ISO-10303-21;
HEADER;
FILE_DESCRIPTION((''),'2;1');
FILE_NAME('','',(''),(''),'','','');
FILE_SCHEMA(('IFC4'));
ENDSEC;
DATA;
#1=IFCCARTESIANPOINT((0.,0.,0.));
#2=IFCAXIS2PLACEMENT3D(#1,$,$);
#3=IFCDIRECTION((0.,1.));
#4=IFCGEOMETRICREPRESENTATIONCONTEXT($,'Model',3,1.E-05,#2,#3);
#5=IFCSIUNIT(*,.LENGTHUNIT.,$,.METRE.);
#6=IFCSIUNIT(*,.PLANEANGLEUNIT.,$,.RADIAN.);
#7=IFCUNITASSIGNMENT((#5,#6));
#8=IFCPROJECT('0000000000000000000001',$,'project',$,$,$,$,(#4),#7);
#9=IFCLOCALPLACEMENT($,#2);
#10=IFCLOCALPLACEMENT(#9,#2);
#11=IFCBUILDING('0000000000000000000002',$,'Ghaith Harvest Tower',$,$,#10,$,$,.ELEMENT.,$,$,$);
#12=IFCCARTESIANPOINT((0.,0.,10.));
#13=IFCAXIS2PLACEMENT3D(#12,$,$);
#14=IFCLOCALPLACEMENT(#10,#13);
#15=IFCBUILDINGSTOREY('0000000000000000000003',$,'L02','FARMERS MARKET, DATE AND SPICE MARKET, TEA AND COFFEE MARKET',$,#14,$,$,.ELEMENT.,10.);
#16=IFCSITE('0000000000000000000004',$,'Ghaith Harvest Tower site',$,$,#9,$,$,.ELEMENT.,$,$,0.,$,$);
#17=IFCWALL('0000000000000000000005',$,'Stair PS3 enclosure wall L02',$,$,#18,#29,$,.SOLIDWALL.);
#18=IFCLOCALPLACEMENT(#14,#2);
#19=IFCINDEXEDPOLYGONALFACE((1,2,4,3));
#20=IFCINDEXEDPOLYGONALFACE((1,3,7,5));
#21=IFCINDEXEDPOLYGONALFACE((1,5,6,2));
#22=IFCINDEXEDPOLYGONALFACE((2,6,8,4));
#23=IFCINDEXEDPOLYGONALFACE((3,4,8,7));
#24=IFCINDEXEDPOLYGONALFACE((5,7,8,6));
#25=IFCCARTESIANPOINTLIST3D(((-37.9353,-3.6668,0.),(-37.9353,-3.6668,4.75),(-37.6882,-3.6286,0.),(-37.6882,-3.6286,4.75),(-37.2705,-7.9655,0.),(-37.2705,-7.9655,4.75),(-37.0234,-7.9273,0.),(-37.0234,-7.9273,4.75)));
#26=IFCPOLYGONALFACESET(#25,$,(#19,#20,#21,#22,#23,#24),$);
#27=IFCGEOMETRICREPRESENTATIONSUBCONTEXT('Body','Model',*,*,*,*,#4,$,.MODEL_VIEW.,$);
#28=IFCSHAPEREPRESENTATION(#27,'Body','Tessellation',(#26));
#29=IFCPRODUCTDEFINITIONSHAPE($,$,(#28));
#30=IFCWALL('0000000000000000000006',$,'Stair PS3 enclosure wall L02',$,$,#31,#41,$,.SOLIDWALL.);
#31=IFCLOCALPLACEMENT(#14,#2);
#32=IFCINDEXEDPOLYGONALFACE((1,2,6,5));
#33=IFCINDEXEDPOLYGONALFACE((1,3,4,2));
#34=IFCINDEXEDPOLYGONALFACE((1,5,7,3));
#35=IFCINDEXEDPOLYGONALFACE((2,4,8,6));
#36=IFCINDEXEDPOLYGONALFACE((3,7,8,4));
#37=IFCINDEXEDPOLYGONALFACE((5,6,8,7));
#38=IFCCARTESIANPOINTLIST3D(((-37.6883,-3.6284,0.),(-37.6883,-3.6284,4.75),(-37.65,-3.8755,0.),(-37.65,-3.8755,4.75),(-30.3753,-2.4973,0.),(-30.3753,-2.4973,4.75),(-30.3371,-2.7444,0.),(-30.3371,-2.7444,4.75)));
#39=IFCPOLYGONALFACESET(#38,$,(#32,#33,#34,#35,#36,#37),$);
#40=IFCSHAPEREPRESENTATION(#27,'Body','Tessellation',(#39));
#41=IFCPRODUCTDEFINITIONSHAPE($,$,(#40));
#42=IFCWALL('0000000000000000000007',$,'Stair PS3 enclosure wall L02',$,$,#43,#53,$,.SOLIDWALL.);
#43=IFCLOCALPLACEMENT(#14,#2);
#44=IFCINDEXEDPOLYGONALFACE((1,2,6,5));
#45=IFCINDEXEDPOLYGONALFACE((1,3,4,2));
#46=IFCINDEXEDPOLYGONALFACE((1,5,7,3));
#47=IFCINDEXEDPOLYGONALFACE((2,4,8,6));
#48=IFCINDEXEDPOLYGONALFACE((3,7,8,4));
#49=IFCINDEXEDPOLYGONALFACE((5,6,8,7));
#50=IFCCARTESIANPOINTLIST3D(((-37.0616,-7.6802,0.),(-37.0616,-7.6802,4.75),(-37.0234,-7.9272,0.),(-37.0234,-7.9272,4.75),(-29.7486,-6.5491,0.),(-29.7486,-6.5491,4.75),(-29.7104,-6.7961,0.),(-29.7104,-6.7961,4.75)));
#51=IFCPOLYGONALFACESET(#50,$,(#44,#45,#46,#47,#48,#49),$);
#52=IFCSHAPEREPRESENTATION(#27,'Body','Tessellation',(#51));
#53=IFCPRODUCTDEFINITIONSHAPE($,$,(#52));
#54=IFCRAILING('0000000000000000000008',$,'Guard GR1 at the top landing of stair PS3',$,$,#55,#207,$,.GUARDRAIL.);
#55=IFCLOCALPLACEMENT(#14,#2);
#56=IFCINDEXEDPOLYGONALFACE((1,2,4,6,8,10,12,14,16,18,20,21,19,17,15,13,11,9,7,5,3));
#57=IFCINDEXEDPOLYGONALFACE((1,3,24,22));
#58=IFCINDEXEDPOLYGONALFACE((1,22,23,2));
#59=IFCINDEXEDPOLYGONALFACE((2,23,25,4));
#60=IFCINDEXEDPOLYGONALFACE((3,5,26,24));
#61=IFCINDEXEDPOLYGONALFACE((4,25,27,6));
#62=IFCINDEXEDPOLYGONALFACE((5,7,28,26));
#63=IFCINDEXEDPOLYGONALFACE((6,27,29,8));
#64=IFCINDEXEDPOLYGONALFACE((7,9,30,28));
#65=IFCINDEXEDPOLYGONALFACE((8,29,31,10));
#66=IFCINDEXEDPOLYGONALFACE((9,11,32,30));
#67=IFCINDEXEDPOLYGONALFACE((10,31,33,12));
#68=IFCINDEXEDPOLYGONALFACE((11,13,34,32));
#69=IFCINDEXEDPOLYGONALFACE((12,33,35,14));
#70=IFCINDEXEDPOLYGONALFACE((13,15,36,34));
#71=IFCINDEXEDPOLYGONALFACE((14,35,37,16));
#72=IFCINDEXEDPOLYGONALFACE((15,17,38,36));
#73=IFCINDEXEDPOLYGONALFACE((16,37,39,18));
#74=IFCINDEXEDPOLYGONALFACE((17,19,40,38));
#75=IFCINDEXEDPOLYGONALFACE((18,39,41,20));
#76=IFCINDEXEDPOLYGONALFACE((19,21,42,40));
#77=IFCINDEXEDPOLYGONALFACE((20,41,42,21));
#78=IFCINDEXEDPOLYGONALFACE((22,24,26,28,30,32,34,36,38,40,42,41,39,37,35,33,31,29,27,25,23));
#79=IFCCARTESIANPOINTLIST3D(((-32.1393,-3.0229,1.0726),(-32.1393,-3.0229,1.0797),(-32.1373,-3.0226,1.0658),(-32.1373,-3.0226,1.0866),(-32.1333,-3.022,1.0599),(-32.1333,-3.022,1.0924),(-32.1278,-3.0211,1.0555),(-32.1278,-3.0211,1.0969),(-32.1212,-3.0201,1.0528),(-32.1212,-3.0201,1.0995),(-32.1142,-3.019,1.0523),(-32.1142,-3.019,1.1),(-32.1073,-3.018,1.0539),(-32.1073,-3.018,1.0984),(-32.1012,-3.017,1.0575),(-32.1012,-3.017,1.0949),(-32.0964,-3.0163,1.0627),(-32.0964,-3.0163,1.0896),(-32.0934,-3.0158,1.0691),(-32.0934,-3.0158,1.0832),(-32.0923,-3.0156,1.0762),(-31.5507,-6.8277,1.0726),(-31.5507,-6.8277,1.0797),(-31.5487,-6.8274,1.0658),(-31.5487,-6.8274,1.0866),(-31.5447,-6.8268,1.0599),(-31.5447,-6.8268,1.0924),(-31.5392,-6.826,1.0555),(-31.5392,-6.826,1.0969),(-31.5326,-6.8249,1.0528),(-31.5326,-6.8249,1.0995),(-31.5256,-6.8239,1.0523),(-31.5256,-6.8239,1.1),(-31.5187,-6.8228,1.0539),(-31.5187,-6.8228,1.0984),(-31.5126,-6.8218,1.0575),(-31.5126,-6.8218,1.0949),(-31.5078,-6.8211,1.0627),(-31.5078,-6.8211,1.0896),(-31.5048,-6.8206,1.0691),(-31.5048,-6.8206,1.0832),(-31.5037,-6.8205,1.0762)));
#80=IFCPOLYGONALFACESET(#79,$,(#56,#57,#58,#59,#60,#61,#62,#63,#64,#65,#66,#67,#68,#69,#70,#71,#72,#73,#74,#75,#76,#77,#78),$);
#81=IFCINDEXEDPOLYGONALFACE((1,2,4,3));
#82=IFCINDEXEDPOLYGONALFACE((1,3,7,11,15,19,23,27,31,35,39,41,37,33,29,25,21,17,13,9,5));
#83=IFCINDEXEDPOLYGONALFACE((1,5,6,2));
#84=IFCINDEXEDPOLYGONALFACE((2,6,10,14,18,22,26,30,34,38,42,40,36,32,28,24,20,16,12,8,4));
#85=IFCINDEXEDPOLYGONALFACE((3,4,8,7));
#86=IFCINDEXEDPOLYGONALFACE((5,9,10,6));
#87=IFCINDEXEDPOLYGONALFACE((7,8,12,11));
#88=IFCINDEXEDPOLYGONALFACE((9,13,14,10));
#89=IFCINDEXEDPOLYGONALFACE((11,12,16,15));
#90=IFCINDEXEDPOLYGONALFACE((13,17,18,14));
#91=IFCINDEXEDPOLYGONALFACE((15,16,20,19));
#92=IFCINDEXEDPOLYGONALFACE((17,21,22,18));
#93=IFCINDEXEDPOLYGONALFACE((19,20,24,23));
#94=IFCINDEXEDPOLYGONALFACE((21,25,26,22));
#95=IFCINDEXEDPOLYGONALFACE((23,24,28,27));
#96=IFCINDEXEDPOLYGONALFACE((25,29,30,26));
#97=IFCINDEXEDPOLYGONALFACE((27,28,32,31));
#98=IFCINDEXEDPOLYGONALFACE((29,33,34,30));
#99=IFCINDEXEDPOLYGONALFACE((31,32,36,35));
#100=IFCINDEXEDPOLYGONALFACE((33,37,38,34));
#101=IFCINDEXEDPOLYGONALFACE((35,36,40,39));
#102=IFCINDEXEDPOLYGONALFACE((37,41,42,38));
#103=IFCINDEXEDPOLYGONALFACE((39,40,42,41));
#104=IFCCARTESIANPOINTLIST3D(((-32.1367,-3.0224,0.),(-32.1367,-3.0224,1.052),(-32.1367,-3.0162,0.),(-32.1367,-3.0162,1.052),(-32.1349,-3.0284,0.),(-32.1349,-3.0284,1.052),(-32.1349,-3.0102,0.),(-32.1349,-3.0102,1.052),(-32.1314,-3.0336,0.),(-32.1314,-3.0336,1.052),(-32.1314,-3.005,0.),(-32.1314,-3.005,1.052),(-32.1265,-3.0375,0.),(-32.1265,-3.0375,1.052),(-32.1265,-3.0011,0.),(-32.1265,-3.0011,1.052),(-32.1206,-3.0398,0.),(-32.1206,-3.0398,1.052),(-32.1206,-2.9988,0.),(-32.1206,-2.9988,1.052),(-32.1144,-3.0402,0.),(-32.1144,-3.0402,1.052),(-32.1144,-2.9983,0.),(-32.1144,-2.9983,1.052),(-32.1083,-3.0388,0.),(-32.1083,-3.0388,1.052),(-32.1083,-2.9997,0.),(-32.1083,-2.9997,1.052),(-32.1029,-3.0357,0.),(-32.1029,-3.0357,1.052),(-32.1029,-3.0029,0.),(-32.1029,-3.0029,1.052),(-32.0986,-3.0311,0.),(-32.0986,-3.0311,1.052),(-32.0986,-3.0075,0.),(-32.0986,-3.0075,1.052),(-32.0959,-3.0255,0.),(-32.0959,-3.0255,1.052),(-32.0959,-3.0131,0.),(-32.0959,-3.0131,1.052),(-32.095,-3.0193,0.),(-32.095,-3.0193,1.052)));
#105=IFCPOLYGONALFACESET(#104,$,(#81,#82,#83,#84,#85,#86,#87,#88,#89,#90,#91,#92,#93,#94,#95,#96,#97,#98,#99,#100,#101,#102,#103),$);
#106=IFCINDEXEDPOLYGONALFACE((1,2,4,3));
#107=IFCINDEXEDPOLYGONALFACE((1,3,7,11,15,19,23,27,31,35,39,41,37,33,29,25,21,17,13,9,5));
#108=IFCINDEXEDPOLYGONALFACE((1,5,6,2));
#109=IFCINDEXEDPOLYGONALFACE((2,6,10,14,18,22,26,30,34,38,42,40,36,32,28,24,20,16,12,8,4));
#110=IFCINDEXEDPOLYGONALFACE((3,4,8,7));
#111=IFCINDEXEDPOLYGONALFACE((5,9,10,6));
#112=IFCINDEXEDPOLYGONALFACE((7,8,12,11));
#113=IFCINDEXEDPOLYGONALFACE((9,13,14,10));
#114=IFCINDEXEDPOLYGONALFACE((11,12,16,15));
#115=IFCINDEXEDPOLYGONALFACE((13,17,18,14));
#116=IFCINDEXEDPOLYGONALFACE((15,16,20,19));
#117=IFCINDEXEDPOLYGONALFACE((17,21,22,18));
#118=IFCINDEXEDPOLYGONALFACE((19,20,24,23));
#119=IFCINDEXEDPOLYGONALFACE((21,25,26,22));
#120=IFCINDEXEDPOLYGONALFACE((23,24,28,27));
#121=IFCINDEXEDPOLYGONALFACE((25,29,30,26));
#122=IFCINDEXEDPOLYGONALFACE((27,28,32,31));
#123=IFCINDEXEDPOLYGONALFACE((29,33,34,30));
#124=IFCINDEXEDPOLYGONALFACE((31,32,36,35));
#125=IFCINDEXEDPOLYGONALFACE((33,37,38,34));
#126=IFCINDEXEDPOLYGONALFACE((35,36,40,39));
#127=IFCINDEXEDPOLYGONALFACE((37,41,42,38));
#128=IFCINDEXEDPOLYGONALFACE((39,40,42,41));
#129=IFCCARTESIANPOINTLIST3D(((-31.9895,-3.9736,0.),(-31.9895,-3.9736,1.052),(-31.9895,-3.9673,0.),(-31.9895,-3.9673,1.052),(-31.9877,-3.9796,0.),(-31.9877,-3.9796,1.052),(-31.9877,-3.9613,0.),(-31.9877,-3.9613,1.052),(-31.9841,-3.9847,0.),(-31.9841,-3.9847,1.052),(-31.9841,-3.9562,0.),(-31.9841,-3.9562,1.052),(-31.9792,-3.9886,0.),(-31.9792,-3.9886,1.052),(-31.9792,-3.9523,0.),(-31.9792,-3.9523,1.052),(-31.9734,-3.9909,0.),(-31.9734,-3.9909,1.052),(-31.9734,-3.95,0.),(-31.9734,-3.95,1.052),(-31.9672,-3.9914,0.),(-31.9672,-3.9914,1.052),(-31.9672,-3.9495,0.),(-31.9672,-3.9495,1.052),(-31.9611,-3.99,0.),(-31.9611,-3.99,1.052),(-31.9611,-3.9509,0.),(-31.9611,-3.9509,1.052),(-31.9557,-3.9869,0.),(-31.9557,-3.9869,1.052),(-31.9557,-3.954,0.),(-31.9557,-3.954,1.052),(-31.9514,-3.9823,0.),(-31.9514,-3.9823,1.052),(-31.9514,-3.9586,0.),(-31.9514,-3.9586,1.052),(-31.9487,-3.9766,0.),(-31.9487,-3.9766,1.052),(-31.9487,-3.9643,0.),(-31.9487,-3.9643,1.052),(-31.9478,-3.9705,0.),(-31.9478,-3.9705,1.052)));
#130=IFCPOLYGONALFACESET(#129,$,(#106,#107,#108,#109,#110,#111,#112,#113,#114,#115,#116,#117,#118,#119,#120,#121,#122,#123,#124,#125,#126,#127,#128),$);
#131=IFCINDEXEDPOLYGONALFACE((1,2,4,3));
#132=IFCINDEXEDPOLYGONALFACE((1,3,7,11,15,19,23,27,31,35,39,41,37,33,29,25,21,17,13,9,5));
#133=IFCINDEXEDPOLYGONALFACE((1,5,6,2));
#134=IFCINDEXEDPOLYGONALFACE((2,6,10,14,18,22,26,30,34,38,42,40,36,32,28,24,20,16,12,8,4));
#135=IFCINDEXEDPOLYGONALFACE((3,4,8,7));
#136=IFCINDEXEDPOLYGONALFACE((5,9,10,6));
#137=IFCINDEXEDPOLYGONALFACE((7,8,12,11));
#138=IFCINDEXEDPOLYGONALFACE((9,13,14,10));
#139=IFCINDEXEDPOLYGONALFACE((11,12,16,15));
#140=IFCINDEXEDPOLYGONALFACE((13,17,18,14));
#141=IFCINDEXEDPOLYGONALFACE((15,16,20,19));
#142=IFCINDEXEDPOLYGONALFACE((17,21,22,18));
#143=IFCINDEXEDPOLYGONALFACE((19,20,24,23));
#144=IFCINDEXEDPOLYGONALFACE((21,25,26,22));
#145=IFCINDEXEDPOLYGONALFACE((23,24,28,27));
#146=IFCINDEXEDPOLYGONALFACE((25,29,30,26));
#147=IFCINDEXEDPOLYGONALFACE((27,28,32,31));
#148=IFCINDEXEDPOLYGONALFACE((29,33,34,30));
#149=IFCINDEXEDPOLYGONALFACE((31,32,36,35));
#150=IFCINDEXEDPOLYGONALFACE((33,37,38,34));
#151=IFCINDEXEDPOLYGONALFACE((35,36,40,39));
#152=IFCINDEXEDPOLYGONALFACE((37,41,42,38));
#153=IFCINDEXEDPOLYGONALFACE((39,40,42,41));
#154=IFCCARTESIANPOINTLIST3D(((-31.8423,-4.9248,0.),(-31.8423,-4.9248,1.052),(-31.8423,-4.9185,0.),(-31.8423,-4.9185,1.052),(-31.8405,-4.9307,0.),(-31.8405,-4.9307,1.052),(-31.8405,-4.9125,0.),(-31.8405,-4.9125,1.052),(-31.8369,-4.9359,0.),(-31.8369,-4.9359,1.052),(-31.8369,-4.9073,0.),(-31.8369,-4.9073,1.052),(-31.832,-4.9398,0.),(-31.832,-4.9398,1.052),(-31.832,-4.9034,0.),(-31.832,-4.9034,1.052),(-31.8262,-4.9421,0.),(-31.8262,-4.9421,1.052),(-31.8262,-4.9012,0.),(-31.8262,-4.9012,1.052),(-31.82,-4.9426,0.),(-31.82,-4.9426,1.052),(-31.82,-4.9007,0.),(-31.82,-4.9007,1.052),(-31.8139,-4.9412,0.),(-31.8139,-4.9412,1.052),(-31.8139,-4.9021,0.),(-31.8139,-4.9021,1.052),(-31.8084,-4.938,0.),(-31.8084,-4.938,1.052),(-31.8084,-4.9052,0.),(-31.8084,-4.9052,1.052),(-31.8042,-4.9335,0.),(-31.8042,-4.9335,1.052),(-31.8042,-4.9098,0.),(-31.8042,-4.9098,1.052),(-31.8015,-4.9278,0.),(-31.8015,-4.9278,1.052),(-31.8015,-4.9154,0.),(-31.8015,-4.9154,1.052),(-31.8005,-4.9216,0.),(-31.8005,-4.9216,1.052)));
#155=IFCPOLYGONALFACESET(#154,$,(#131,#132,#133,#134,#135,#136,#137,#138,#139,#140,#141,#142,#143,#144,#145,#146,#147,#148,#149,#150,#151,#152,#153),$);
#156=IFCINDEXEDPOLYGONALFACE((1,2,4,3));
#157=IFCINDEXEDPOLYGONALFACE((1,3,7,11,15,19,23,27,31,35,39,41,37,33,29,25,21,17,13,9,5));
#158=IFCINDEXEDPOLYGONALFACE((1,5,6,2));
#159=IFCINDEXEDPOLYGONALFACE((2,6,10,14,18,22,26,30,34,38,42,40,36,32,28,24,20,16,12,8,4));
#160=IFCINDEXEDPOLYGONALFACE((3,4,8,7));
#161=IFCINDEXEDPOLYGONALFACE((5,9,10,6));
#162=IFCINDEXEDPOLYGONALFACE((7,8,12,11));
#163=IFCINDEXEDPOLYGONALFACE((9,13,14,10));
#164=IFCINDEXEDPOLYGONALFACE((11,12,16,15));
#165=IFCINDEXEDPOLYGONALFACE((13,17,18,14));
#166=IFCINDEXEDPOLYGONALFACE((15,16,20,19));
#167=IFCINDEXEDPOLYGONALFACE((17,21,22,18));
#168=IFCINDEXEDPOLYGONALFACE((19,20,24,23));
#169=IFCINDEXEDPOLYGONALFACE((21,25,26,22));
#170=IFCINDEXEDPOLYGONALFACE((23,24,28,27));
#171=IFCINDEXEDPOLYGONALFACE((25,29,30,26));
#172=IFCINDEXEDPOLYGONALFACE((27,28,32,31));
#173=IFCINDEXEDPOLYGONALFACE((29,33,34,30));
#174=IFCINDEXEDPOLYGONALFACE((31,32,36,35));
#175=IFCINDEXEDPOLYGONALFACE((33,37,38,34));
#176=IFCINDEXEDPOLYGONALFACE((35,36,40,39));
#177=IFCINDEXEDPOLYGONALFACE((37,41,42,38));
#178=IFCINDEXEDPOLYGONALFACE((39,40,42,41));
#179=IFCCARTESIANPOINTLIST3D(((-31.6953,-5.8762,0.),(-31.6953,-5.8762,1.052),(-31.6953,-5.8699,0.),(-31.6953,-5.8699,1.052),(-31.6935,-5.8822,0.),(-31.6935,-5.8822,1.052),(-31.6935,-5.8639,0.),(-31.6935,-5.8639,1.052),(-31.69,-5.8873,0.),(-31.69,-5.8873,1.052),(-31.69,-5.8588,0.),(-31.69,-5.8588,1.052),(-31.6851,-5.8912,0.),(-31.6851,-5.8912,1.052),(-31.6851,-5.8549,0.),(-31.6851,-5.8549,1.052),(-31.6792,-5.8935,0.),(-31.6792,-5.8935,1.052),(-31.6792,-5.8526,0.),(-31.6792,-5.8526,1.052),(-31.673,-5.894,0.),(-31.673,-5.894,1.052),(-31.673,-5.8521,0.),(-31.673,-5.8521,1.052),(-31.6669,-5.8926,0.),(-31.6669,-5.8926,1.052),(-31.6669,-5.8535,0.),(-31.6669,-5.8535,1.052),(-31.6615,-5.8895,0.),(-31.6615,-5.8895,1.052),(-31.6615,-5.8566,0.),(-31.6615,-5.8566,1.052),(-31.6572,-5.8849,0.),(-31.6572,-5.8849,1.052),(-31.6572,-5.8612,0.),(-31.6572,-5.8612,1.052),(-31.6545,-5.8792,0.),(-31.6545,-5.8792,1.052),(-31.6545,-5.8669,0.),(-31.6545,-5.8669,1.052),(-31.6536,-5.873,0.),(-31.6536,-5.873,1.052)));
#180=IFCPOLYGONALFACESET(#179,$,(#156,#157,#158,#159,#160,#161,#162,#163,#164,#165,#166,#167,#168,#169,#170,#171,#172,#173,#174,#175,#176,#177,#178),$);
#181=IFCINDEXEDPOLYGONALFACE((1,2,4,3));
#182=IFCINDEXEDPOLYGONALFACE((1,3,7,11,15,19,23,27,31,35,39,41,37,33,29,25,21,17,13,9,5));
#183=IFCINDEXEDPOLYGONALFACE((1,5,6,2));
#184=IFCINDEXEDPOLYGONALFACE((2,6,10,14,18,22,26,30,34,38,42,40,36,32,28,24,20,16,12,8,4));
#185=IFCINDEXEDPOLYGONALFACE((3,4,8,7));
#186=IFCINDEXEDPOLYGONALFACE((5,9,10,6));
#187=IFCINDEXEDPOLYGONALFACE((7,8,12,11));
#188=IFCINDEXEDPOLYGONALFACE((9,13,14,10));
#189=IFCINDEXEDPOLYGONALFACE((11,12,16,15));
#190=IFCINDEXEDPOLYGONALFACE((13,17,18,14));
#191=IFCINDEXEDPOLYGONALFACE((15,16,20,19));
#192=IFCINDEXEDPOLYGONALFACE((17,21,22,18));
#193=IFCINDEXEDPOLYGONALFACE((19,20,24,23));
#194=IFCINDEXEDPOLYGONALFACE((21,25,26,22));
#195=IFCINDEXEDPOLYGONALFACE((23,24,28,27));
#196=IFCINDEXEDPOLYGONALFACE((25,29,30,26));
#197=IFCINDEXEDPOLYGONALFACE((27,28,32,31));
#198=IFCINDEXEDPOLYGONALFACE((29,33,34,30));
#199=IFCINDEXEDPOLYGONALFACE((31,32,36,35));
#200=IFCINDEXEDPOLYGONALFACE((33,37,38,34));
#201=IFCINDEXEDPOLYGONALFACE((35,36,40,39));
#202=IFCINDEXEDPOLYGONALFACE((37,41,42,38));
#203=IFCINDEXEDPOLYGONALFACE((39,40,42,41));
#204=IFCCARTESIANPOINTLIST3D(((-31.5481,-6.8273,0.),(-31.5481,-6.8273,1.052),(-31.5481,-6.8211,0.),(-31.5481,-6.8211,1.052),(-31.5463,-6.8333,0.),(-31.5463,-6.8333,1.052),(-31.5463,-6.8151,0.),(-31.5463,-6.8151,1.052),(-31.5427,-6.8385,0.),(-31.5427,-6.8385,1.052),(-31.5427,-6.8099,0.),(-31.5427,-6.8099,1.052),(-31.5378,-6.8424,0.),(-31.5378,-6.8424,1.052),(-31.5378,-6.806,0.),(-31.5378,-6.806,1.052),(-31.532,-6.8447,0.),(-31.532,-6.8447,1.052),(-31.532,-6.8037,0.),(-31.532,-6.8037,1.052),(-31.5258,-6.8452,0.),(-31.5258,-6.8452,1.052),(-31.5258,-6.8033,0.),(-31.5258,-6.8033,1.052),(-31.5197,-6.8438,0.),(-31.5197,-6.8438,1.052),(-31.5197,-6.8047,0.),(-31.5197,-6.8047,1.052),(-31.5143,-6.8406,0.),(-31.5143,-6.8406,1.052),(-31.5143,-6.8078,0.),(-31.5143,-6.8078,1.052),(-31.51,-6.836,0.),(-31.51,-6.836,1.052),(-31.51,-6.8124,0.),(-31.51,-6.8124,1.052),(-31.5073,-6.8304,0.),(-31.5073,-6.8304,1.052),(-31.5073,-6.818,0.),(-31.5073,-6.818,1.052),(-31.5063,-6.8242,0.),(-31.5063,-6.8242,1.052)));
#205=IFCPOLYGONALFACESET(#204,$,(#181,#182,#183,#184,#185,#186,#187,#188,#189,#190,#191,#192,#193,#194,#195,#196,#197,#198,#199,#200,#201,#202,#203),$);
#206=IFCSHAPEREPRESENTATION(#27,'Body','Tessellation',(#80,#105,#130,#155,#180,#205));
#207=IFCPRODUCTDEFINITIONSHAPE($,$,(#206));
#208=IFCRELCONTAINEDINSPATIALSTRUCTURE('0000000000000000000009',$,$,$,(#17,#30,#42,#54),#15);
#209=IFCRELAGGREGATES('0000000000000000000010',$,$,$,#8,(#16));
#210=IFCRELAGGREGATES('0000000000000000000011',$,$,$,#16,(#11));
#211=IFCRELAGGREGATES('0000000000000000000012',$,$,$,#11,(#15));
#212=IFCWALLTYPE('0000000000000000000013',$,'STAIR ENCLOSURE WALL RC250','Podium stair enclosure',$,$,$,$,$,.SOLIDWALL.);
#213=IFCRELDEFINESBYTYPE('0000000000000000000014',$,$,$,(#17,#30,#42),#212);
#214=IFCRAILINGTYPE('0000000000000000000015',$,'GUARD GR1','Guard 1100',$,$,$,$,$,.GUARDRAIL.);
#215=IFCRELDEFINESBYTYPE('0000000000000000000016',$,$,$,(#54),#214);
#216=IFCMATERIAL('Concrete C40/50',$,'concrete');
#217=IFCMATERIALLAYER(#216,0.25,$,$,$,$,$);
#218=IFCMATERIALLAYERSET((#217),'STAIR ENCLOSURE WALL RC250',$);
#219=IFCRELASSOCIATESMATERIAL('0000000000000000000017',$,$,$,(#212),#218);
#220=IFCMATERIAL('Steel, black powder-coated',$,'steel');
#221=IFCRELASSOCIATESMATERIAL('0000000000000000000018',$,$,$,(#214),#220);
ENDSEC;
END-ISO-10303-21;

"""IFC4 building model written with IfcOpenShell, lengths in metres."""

from ifc_helpers import new_model, si_unit, direction, frame, frame_2d, origin, origin_2d, place, context, subcontext, project, spatial, rectangle, circle, extrude, material, layer, layer_set, type_object, element, save


model = new_model("IFC4")

# Units and contexts
model_context = context("Model", 3, precision=1e-05, world=origin(), true_north=direction((0.0, 1.0)))
body_context = subcontext(model_context, "Body", "Model", "MODEL_VIEW")
ifc_project = project(units=[si_unit("LENGTHUNIT", "METRE"), si_unit("PLANEANGLEUNIT", "RADIAN")], contexts=[model_context])

# Site, building, storey
site_placement = place(None, origin())
site = spatial("IfcSite", under=ifc_project, at=site_placement, Name="Ghaith Harvest Tower site", CompositionType="ELEMENT", RefElevation=0.0)
building_placement = place(site_placement, origin())
building = spatial("IfcBuilding", under=site, at=building_placement, Name="Ghaith Harvest Tower", CompositionType="ELEMENT")
storey_placement = place(building_placement, frame((0.0, 0.0, 10.0)))
storey = spatial("IfcBuildingStorey", under=building, at=storey_placement, Name="L02", Description="FARMERS MARKET, DATE AND SPICE MARKET, TEA AND COFFEE MARKET", CompositionType="ELEMENT", Elevation=10.0)

# Shared definitions
ifc_material_1 = material(Name="Concrete C40/50", Category="concrete")
ifc_layer_1 = layer(ifc_material_1, 0.25)
ifc_layer_set_1 = layer_set([ifc_layer_1], Name="STAIR ENCLOSURE WALL RC250")
wall_type = type_object("IfcWallType", Name="STAIR ENCLOSURE WALL RC250", Description="Podium stair enclosure", PredefinedType="SOLIDWALL", material=ifc_layer_set_1)

# Walls
wall_1_placement = place(storey_placement, frame((-37.147, -7.9463, 0.0), z_axis=(0.0, 0.0, 1.0), x_axis=(-0.152829, 0.988253, 0.0)))
element("IfcWall", 1, at=wall_1_placement, inside=storey, type_object=wall_type, Name="Stair PS3 enclosure wall L02", PredefinedType="SOLIDWALL", context=body_context, shape_type="SweptSolid", body=[
    extrude(rectangle(XDim=4.3499, YDim=0.25, at=frame_2d((2.1748, 0.0))), origin(), (0.0, 0.0, 1.0), 4.75),
])
for number, where, z_axis, x_axis, name in (
    (2, (-30.3562, -2.6208, 0.0), (0.0, 0.0, 1.0), (-0.988249, -0.152853, 0.0), "Stair PS3 enclosure wall L02"),
    (3, (-37.0425, -7.8037, 0.0), (0.0, 0.0, 1.0), (0.988249, 0.152853, 0.0), "Stair PS3 enclosure wall L02"),
):
    element("IfcWall", number, at=place(storey_placement, frame(where, z_axis=z_axis, x_axis=x_axis)), inside=storey, type_object=wall_type, Name=name, PredefinedType="SOLIDWALL", context=body_context, shape_type="SweptSolid", body=[
        extrude(rectangle(XDim=7.3999, YDim=0.25, at=frame_2d((3.7, 0.0))), origin(), (0.0, 0.0, 1.0), 4.75),
    ])

# Railing
ifc_material_2 = material(Name="Steel, black powder-coated", Category="steel")
railing_type = type_object("IfcRailingType", Name="GUARD GR1", Description="Guard 1100", PredefinedType="GUARDRAIL", material=ifc_material_2)
railing_placement = place(storey_placement, frame((-32.116, -3.0193, 0.0)))
element("IfcRailing", 4, at=railing_placement, inside=storey, type_object=railing_type, Name="Guard GR1 at the top landing of stair PS3", PredefinedType="GUARDRAIL", context=body_context, shape_type="SweptSolid", body=[
    extrude(circle(Radius=0.0239, at=origin_2d()), frame((0.0, 0.0, 1.0762), z_axis=(0.152881, -0.988245, 0.0), x_axis=(0.988245, 0.152881, 0.0)), (0.0, 0.0, 1.0), 3.8501),
    extrude(circle(Radius=0.021, at=origin_2d()), origin(), (0.0, 0.0, 1.0), 1.052),
    extrude(circle(Radius=0.021, at=origin_2d()), frame((0.1472, -0.9512, 0.0)), (0.0, 0.0, 1.0), 1.052),
    extrude(circle(Radius=0.021, at=origin_2d()), frame((0.2944, -1.9023, 0.0)), (0.0, 0.0, 1.0), 1.052),
    extrude(circle(Radius=0.021, at=origin_2d()), frame((0.4414, -2.8538, 0.0)), (0.0, 0.0, 1.0), 1.052),
    extrude(circle(Radius=0.021, at=origin_2d()), frame((0.5886, -3.8049, 0.0)), (0.0, 0.0, 1.0), 1.052),
])

save(model, "model.ifc")
